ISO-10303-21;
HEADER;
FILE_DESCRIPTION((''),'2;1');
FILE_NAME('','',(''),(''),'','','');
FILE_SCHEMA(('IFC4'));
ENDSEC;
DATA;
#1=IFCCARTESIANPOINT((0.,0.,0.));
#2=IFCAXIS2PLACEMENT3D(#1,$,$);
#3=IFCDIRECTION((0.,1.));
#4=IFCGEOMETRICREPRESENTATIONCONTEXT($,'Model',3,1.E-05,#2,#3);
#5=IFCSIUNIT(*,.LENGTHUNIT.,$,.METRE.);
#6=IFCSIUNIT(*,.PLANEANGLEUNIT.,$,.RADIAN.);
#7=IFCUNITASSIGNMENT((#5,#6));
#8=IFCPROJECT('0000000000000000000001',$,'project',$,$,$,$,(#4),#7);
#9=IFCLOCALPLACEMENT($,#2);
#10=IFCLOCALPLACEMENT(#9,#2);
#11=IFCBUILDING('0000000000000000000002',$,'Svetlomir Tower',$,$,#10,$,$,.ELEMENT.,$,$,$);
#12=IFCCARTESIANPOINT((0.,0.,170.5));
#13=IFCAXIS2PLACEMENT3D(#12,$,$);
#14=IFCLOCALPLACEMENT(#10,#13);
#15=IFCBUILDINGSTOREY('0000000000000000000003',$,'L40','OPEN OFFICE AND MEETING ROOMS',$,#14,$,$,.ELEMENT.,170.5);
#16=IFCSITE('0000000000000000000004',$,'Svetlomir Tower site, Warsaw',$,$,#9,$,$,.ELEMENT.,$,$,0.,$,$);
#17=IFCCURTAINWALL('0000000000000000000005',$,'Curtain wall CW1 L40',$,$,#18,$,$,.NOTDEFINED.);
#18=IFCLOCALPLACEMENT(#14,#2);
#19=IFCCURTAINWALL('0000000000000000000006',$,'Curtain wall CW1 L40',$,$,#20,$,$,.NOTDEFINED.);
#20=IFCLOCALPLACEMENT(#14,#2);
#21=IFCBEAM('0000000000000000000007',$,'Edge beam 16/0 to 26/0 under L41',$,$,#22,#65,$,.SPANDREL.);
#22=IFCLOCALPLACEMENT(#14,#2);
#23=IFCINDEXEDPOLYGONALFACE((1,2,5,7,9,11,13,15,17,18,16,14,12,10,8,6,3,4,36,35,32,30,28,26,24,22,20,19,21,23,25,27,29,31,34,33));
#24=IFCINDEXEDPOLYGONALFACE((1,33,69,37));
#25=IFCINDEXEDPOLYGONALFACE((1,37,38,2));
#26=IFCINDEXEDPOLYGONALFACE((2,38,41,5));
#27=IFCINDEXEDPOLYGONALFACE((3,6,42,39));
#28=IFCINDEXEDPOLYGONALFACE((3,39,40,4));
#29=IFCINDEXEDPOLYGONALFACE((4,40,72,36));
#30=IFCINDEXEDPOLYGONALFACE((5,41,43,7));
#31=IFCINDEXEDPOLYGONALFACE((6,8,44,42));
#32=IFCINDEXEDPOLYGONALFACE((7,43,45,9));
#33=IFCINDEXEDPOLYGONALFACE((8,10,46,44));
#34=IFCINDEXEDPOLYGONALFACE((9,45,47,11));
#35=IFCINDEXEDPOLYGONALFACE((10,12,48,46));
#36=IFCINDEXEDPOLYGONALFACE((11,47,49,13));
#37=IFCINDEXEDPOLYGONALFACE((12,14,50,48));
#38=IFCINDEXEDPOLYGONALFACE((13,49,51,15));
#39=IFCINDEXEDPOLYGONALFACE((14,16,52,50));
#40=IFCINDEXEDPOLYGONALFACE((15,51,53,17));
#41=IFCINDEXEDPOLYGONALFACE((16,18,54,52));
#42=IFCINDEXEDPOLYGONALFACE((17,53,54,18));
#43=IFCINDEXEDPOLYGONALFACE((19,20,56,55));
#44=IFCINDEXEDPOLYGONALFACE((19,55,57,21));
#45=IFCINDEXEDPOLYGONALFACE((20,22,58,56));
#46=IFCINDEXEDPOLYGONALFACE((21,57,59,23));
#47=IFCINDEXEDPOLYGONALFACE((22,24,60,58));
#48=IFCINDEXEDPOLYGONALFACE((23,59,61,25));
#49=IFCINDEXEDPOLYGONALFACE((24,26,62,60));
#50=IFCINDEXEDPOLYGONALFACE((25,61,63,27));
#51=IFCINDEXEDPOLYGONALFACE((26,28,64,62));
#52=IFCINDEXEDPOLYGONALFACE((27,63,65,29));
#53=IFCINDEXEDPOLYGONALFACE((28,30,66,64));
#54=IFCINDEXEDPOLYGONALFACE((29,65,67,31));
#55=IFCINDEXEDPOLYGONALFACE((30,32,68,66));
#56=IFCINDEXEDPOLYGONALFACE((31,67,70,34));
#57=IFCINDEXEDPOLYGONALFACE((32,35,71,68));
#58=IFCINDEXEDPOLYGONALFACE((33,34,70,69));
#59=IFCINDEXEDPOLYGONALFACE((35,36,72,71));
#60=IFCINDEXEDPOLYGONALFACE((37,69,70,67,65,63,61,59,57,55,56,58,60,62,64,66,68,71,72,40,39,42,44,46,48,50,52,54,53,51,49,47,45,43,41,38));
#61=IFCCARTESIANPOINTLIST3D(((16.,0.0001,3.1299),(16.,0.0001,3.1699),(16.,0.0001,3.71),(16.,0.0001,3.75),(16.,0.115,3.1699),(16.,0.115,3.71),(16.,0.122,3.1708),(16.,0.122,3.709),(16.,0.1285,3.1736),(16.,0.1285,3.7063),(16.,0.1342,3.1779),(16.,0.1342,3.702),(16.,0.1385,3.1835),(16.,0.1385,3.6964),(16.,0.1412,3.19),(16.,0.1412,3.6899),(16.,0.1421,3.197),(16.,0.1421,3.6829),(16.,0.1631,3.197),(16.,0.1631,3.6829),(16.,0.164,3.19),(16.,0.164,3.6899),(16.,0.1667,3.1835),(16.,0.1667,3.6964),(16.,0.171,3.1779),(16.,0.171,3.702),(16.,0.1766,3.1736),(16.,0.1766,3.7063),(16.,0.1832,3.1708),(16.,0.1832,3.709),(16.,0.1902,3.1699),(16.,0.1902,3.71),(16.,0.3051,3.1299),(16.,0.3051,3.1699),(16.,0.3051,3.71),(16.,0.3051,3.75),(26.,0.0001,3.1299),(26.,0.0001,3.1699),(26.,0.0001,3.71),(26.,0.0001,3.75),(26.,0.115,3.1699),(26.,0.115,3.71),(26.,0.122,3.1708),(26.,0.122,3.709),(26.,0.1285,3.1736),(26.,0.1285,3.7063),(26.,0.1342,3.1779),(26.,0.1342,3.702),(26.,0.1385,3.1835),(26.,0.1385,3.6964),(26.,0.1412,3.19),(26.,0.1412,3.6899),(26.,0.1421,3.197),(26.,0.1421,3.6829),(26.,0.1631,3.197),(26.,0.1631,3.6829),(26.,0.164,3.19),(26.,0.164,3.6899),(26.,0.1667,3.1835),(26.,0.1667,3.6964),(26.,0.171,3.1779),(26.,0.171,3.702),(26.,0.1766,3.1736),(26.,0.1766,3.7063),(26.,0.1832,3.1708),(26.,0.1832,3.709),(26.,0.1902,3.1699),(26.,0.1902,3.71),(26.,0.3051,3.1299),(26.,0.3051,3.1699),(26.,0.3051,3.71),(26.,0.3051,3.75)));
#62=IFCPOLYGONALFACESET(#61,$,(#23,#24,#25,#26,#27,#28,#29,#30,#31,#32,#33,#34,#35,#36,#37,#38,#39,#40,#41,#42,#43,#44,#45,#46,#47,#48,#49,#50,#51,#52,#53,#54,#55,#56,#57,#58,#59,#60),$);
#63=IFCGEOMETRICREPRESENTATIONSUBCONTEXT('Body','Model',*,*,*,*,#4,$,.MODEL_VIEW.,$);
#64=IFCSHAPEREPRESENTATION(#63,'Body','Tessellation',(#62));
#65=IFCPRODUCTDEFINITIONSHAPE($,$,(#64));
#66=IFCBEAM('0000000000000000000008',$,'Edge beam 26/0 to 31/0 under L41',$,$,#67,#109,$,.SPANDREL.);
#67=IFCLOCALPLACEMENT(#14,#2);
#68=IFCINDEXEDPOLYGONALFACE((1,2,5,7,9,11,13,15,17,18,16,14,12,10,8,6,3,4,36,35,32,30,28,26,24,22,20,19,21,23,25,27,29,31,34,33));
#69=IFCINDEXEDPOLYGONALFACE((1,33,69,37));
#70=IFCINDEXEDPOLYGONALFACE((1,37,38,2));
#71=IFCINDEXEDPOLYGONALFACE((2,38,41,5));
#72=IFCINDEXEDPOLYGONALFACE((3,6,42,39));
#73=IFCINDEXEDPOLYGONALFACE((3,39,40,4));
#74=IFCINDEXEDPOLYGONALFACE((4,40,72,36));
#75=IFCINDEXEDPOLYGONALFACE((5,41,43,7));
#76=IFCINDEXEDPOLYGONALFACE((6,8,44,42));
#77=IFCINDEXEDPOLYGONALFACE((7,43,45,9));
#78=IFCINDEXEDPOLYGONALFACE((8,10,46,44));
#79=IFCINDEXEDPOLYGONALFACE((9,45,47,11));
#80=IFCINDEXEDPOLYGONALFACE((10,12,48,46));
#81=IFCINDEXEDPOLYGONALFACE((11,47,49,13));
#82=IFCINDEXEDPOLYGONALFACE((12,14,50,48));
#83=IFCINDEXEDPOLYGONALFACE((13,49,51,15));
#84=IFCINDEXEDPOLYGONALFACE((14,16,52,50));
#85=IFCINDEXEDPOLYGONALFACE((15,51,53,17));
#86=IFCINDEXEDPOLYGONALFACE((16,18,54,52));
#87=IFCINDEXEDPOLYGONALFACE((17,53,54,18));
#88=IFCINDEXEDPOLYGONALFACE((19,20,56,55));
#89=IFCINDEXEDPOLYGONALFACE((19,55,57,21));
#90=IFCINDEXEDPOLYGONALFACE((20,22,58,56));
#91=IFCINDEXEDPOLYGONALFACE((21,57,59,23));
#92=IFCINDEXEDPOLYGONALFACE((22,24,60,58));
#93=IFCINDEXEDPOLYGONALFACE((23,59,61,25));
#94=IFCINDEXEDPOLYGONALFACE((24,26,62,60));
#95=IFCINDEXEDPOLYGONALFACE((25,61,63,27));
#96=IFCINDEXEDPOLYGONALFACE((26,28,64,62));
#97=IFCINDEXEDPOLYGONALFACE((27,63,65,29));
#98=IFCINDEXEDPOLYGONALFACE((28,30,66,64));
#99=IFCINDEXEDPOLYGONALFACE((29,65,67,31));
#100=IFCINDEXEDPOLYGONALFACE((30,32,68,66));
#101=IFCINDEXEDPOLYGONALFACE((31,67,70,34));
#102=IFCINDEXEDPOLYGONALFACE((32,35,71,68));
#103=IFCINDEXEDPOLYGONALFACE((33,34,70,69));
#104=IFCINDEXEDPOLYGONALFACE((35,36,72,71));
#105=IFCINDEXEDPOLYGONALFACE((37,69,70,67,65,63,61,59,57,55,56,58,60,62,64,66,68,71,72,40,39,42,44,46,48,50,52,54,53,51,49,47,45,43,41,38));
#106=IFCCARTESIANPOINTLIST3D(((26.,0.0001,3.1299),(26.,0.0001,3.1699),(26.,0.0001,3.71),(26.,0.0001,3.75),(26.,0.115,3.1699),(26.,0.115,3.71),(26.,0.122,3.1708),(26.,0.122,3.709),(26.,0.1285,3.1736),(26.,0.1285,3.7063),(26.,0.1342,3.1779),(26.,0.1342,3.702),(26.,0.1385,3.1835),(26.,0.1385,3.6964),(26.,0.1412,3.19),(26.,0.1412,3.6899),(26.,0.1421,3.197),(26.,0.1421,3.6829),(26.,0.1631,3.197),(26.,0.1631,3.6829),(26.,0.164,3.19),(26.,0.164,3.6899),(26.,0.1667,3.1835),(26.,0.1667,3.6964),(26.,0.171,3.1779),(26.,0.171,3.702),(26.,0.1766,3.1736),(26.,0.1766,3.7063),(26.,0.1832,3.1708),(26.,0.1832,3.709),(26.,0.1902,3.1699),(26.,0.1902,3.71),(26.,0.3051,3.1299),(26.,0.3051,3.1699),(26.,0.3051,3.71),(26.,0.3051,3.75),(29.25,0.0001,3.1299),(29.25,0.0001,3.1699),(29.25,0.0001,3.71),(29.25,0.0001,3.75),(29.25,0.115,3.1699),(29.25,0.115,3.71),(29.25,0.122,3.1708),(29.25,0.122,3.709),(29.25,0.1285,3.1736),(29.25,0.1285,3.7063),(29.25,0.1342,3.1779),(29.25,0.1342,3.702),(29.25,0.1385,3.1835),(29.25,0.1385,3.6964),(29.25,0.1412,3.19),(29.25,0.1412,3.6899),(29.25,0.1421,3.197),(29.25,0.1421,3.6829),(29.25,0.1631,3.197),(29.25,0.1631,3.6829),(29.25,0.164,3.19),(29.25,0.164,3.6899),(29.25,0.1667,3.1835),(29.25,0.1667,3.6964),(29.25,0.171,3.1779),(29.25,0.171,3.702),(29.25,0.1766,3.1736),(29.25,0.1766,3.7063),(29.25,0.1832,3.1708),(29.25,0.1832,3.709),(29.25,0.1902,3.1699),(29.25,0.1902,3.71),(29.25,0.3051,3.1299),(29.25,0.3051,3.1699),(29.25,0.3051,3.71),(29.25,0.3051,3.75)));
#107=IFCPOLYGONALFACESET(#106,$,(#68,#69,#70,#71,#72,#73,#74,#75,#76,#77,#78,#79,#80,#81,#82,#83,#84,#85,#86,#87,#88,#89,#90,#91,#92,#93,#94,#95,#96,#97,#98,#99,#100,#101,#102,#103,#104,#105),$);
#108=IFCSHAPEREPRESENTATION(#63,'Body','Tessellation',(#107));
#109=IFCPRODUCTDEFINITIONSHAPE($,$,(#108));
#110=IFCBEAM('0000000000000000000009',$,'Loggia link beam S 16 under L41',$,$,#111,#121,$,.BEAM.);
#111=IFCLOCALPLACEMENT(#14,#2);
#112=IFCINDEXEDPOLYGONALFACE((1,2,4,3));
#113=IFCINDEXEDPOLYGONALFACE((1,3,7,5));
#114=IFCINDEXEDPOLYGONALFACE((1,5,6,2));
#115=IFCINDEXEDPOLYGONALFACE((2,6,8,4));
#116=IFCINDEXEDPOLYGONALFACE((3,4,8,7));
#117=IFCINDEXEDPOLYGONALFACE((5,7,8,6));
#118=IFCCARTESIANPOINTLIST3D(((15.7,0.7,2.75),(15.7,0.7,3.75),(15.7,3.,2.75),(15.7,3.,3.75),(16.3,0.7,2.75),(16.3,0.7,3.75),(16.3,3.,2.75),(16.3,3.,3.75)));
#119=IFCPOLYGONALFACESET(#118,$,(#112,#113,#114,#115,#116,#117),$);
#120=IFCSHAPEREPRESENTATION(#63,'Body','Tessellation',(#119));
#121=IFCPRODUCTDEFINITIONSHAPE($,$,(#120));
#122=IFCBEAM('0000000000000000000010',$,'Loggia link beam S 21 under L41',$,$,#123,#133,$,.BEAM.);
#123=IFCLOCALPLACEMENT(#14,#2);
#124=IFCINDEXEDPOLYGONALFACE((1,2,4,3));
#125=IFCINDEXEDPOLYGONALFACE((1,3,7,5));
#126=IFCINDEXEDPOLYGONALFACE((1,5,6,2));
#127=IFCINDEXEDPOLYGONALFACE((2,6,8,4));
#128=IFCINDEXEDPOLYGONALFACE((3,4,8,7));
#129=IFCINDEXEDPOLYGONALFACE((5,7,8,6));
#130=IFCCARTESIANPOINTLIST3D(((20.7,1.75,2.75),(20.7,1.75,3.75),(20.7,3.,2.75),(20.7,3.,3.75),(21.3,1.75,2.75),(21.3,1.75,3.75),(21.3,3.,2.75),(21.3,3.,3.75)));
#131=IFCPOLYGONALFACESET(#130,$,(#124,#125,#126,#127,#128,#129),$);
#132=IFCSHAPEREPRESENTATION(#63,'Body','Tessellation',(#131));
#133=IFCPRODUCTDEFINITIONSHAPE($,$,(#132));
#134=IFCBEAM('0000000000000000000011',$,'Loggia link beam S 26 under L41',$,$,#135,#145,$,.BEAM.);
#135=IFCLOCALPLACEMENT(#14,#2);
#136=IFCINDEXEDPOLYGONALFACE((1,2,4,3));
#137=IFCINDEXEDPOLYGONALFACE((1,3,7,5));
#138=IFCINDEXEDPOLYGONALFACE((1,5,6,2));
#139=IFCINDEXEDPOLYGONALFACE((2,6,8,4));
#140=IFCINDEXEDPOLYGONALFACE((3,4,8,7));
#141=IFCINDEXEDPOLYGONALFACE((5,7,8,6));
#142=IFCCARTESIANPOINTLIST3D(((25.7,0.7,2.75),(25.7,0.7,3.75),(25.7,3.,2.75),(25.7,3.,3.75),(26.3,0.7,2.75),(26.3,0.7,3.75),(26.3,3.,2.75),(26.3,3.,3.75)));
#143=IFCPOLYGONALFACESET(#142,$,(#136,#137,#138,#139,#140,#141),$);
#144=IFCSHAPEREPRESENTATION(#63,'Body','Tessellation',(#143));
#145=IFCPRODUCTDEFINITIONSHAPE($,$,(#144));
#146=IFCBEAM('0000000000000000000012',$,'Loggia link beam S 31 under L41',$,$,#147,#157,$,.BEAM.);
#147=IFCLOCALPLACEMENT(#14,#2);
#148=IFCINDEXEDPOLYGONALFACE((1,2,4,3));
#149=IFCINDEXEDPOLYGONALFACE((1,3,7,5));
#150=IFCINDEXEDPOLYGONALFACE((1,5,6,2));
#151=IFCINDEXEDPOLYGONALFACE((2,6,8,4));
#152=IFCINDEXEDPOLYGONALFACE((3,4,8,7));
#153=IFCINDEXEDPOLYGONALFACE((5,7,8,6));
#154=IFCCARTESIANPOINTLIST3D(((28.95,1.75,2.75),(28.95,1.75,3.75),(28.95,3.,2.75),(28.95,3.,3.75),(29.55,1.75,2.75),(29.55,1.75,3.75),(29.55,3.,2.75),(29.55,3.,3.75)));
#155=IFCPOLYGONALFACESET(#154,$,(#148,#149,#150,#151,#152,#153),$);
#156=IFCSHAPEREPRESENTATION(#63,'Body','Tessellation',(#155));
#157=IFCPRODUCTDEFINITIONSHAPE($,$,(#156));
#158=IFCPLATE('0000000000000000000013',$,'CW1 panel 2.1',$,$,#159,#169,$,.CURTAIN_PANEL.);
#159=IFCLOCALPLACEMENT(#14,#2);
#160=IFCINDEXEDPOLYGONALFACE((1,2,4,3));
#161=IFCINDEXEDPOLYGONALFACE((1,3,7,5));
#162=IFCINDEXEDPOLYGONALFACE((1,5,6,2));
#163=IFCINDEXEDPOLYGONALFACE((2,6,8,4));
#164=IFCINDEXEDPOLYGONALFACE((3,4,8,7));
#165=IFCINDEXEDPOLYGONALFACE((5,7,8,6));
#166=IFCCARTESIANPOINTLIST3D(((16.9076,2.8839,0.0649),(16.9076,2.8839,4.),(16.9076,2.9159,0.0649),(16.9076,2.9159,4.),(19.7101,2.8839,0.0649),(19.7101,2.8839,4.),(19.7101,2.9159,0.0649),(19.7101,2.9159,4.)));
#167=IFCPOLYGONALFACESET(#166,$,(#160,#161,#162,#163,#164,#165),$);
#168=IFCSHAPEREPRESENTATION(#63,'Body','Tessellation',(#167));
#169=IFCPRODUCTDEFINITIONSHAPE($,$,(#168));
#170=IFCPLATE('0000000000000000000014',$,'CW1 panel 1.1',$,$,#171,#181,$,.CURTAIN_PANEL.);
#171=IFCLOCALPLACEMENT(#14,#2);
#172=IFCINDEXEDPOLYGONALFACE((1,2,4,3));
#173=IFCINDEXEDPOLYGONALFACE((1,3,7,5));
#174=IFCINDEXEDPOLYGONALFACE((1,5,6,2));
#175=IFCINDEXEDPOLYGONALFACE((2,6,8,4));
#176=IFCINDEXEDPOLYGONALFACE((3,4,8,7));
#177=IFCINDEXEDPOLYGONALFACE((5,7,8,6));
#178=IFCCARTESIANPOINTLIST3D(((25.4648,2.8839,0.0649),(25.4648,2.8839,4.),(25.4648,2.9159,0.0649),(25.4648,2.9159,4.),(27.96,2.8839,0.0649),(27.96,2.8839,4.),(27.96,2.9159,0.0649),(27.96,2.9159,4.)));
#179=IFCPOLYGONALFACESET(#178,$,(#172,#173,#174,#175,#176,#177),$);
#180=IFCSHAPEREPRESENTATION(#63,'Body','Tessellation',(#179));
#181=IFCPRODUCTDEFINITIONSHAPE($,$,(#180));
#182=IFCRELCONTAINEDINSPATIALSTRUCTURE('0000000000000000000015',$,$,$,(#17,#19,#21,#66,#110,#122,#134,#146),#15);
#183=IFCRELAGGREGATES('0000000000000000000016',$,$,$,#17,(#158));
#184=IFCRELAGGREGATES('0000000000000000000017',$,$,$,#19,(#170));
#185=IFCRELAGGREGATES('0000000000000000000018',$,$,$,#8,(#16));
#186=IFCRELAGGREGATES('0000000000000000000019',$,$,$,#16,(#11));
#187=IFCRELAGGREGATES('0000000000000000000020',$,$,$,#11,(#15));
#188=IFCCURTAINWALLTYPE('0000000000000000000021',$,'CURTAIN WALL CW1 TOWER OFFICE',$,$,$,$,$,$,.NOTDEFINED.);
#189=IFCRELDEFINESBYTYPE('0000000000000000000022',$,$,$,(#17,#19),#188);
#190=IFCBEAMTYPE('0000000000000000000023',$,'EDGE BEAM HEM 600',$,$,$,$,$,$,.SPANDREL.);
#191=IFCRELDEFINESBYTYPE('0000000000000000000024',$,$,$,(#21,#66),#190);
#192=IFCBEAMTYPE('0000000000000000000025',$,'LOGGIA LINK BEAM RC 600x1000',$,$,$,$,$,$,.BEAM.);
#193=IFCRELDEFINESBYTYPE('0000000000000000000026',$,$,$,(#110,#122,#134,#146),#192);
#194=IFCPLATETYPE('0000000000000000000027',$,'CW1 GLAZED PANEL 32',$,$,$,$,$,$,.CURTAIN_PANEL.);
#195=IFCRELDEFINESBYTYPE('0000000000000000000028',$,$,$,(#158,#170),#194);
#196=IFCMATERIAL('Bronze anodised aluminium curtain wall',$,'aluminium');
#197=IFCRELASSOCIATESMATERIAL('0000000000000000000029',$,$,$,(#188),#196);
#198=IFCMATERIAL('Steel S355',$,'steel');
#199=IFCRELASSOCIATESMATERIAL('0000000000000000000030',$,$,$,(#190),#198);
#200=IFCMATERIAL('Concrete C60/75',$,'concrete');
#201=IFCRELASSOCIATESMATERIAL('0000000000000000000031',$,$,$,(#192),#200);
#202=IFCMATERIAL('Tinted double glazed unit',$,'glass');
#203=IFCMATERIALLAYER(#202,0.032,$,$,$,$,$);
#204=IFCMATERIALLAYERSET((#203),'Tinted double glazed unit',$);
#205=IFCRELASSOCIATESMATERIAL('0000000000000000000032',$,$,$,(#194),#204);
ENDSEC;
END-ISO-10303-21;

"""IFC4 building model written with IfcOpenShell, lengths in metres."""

from ifc_helpers import new_model, si_unit, direction, frame, origin, origin_2d, place, context, subcontext, project, spatial, rectangle, i_section, extrude, material, layer, layer_set, material_profile, profile_set, type_object, element, aggregate, save


model = new_model("IFC4")

# Units and contexts
model_context = context("Model", 3, precision=1e-05, world=origin(), true_north=direction((0.0, 1.0)))
body_context = subcontext(model_context, "Body", "Model", "MODEL_VIEW")
ifc_project = project(units=[si_unit("LENGTHUNIT", "METRE"), si_unit("PLANEANGLEUNIT", "RADIAN")], contexts=[model_context])

# Site, building, storey
site_placement = place(None, origin())
site = spatial("IfcSite", under=ifc_project, at=site_placement, Name="Svetlomir Tower site, Warsaw", CompositionType="ELEMENT", RefElevation=0.0)
building_placement = place(site_placement, origin())
building = spatial("IfcBuilding", under=site, at=building_placement, Name="Svetlomir Tower", CompositionType="ELEMENT")
storey_placement = place(building_placement, frame((0.0, 0.0, 170.5)))
storey = spatial("IfcBuildingStorey", under=building, at=storey_placement, Name="L40", Description="OPEN OFFICE AND MEETING ROOMS", CompositionType="ELEMENT", Elevation=170.5)

# Curtain walls
ifc_material_1 = material(Name="Bronze anodised aluminium curtain wall", Category="aluminium")
curtain_wall_type = type_object("IfcCurtainWallType", Name="CURTAIN WALL CW1 TOWER OFFICE", PredefinedType="NOTDEFINED", material=ifc_material_1)
curtain_wall_1_placement = place(storey_placement, origin())
curtain_wall_1 = element("IfcCurtainWall", 1, at=curtain_wall_1_placement, inside=storey, type_object=curtain_wall_type, Name="Curtain wall CW1 L40", PredefinedType="NOTDEFINED")
curtain_wall_2_placement = place(storey_placement, origin())
curtain_wall_2 = element("IfcCurtainWall", 2, at=curtain_wall_2_placement, inside=storey, type_object=curtain_wall_type, Name="Curtain wall CW1 L40", PredefinedType="NOTDEFINED")

# Beams
ifc_material_2 = material(Name="Steel S355", Category="steel")
ifc_material_profile_1 = material_profile(ifc_material_2, i_section(OverallWidth=0.3049, OverallDepth=0.6201, WebThickness=0.021, FlangeThickness=0.04, FilletRadius=0.0271, at=origin_2d()), Name="HEM 600")
ifc_profile_set_1 = profile_set([ifc_material_profile_1], Name="Steel S355")
beam_type_1 = type_object("IfcBeamType", Name="EDGE BEAM HEM 600", PredefinedType="SPANDREL", material=ifc_profile_set_1)
beam_1_placement = place(storey_placement, frame((16.0, 0.1526, 3.4399), z_axis=(1.0, 0.0, 0.0), x_axis=(0.0, 1.0, 0.0)))
element("IfcBeam", 3, at=beam_1_placement, inside=storey, type_object=beam_type_1, Name="Edge beam 16/0 to 26/0 under L41", PredefinedType="SPANDREL", context=body_context, shape_type="SweptSolid", body=[
    extrude(i_section(OverallWidth=0.3049, OverallDepth=0.6201, WebThickness=0.021, FlangeThickness=0.04, FilletRadius=0.0271, at=origin_2d()), origin(), (0.0, 0.0, 1.0), 10.0),
])
beam_2_placement = place(storey_placement, frame((26.0, 0.1526, 3.4399), z_axis=(1.0, 0.0, 0.0), x_axis=(0.0, 1.0, 0.0)))
element("IfcBeam", 4, at=beam_2_placement, inside=storey, type_object=beam_type_1, Name="Edge beam 26/0 to 31/0 under L41", PredefinedType="SPANDREL", context=body_context, shape_type="SweptSolid", body=[
    extrude(i_section(OverallWidth=0.3049, OverallDepth=0.6201, WebThickness=0.021, FlangeThickness=0.04, FilletRadius=0.0271, at=origin_2d()), origin(), (0.0, 0.0, 1.0), 3.25),
])
ifc_material_3 = material(Name="Concrete C60/75", Category="concrete")
ifc_material_profile_2 = material_profile(ifc_material_3, rectangle(XDim=0.6001, YDim=1.0, at=origin_2d()), Name="RC 600x1000")
ifc_profile_set_2 = profile_set([ifc_material_profile_2], Name="Concrete C60/75")
beam_type_2 = type_object("IfcBeamType", Name="LOGGIA LINK BEAM RC 600x1000", PredefinedType="BEAM", material=ifc_profile_set_2)
beam_3_placement = place(storey_placement, frame((16.0, 0.7, 3.25), z_axis=(0.0, 1.0, 0.0), x_axis=(-1.0, 0.0, 0.0)))
element("IfcBeam", 5, at=beam_3_placement, inside=storey, type_object=beam_type_2, Name="Loggia link beam S 16 under L41", PredefinedType="BEAM", context=body_context, shape_type="SweptSolid", body=[
    extrude(rectangle(XDim=0.6001, YDim=1.0, at=origin_2d()), origin(), (0.0, 0.0, 1.0), 2.3),
])
beam_4_placement = place(storey_placement, frame((21.0, 1.75, 3.25), z_axis=(0.0, 1.0, 0.0), x_axis=(-1.0, 0.0, 0.0)))
element("IfcBeam", 6, at=beam_4_placement, inside=storey, type_object=beam_type_2, Name="Loggia link beam S 21 under L41", PredefinedType="BEAM", context=body_context, shape_type="SweptSolid", body=[
    extrude(rectangle(XDim=0.6001, YDim=1.0, at=origin_2d()), origin(), (0.0, 0.0, 1.0), 1.25),
])
beam_5_placement = place(storey_placement, frame((26.0, 0.7, 3.25), z_axis=(0.0, 1.0, 0.0), x_axis=(-1.0, 0.0, 0.0)))
element("IfcBeam", 7, at=beam_5_placement, inside=storey, type_object=beam_type_2, Name="Loggia link beam S 26 under L41", PredefinedType="BEAM", context=body_context, shape_type="SweptSolid", body=[
    extrude(rectangle(XDim=0.6001, YDim=1.0, at=origin_2d()), origin(), (0.0, 0.0, 1.0), 2.3),
])
beam_6_placement = place(storey_placement, frame((29.25, 1.75, 3.25), z_axis=(0.0, 1.0, 0.0), x_axis=(-1.0, 0.0, 0.0)))
element("IfcBeam", 8, at=beam_6_placement, inside=storey, type_object=beam_type_2, Name="Loggia link beam S 31 under L41", PredefinedType="BEAM", context=body_context, shape_type="SweptSolid", body=[
    extrude(rectangle(XDim=0.6001, YDim=1.0, at=origin_2d()), origin(), (0.0, 0.0, 1.0), 1.25),
])

# Plates
ifc_material_4 = material(Name="Tinted double glazed unit", Category="glass")
ifc_layer_1 = layer(ifc_material_4, 0.032)
ifc_layer_set_1 = layer_set([ifc_layer_1], Name="Tinted double glazed unit")
plate_type = type_object("IfcPlateType", Name="CW1 GLAZED PANEL 32", PredefinedType="CURTAIN_PANEL", material=ifc_layer_set_1)
plate_1_placement = place(storey_placement, frame((18.3088, 2.8999, 0.0649), z_axis=(0.0, 0.0, 1.0), x_axis=(1.0, 0.0, 0.0)))
plate_1 = element("IfcPlate", 9, at=plate_1_placement, type_object=plate_type, Name="CW1 panel 2.1", PredefinedType="CURTAIN_PANEL", context=body_context, shape_type="SweptSolid", body=[
    extrude(rectangle(XDim=2.8025, YDim=0.032, at=origin_2d()), origin(), (0.0, 0.0, 1.0), 3.9351),
])
aggregate(curtain_wall_1, [plate_1])
plate_2_placement = place(storey_placement, frame((26.7124, 2.8999, 0.0649), z_axis=(0.0, 0.0, 1.0), x_axis=(1.0, 0.0, 0.0)))
plate_2 = element("IfcPlate", 10, at=plate_2_placement, type_object=plate_type, Name="CW1 panel 1.1", PredefinedType="CURTAIN_PANEL", context=body_context, shape_type="SweptSolid", body=[
    extrude(rectangle(XDim=2.4951, YDim=0.032, at=origin_2d()), origin(), (0.0, 0.0, 1.0), 3.9351),
])
aggregate(curtain_wall_2, [plate_2])

save(model, "model.ifc")
